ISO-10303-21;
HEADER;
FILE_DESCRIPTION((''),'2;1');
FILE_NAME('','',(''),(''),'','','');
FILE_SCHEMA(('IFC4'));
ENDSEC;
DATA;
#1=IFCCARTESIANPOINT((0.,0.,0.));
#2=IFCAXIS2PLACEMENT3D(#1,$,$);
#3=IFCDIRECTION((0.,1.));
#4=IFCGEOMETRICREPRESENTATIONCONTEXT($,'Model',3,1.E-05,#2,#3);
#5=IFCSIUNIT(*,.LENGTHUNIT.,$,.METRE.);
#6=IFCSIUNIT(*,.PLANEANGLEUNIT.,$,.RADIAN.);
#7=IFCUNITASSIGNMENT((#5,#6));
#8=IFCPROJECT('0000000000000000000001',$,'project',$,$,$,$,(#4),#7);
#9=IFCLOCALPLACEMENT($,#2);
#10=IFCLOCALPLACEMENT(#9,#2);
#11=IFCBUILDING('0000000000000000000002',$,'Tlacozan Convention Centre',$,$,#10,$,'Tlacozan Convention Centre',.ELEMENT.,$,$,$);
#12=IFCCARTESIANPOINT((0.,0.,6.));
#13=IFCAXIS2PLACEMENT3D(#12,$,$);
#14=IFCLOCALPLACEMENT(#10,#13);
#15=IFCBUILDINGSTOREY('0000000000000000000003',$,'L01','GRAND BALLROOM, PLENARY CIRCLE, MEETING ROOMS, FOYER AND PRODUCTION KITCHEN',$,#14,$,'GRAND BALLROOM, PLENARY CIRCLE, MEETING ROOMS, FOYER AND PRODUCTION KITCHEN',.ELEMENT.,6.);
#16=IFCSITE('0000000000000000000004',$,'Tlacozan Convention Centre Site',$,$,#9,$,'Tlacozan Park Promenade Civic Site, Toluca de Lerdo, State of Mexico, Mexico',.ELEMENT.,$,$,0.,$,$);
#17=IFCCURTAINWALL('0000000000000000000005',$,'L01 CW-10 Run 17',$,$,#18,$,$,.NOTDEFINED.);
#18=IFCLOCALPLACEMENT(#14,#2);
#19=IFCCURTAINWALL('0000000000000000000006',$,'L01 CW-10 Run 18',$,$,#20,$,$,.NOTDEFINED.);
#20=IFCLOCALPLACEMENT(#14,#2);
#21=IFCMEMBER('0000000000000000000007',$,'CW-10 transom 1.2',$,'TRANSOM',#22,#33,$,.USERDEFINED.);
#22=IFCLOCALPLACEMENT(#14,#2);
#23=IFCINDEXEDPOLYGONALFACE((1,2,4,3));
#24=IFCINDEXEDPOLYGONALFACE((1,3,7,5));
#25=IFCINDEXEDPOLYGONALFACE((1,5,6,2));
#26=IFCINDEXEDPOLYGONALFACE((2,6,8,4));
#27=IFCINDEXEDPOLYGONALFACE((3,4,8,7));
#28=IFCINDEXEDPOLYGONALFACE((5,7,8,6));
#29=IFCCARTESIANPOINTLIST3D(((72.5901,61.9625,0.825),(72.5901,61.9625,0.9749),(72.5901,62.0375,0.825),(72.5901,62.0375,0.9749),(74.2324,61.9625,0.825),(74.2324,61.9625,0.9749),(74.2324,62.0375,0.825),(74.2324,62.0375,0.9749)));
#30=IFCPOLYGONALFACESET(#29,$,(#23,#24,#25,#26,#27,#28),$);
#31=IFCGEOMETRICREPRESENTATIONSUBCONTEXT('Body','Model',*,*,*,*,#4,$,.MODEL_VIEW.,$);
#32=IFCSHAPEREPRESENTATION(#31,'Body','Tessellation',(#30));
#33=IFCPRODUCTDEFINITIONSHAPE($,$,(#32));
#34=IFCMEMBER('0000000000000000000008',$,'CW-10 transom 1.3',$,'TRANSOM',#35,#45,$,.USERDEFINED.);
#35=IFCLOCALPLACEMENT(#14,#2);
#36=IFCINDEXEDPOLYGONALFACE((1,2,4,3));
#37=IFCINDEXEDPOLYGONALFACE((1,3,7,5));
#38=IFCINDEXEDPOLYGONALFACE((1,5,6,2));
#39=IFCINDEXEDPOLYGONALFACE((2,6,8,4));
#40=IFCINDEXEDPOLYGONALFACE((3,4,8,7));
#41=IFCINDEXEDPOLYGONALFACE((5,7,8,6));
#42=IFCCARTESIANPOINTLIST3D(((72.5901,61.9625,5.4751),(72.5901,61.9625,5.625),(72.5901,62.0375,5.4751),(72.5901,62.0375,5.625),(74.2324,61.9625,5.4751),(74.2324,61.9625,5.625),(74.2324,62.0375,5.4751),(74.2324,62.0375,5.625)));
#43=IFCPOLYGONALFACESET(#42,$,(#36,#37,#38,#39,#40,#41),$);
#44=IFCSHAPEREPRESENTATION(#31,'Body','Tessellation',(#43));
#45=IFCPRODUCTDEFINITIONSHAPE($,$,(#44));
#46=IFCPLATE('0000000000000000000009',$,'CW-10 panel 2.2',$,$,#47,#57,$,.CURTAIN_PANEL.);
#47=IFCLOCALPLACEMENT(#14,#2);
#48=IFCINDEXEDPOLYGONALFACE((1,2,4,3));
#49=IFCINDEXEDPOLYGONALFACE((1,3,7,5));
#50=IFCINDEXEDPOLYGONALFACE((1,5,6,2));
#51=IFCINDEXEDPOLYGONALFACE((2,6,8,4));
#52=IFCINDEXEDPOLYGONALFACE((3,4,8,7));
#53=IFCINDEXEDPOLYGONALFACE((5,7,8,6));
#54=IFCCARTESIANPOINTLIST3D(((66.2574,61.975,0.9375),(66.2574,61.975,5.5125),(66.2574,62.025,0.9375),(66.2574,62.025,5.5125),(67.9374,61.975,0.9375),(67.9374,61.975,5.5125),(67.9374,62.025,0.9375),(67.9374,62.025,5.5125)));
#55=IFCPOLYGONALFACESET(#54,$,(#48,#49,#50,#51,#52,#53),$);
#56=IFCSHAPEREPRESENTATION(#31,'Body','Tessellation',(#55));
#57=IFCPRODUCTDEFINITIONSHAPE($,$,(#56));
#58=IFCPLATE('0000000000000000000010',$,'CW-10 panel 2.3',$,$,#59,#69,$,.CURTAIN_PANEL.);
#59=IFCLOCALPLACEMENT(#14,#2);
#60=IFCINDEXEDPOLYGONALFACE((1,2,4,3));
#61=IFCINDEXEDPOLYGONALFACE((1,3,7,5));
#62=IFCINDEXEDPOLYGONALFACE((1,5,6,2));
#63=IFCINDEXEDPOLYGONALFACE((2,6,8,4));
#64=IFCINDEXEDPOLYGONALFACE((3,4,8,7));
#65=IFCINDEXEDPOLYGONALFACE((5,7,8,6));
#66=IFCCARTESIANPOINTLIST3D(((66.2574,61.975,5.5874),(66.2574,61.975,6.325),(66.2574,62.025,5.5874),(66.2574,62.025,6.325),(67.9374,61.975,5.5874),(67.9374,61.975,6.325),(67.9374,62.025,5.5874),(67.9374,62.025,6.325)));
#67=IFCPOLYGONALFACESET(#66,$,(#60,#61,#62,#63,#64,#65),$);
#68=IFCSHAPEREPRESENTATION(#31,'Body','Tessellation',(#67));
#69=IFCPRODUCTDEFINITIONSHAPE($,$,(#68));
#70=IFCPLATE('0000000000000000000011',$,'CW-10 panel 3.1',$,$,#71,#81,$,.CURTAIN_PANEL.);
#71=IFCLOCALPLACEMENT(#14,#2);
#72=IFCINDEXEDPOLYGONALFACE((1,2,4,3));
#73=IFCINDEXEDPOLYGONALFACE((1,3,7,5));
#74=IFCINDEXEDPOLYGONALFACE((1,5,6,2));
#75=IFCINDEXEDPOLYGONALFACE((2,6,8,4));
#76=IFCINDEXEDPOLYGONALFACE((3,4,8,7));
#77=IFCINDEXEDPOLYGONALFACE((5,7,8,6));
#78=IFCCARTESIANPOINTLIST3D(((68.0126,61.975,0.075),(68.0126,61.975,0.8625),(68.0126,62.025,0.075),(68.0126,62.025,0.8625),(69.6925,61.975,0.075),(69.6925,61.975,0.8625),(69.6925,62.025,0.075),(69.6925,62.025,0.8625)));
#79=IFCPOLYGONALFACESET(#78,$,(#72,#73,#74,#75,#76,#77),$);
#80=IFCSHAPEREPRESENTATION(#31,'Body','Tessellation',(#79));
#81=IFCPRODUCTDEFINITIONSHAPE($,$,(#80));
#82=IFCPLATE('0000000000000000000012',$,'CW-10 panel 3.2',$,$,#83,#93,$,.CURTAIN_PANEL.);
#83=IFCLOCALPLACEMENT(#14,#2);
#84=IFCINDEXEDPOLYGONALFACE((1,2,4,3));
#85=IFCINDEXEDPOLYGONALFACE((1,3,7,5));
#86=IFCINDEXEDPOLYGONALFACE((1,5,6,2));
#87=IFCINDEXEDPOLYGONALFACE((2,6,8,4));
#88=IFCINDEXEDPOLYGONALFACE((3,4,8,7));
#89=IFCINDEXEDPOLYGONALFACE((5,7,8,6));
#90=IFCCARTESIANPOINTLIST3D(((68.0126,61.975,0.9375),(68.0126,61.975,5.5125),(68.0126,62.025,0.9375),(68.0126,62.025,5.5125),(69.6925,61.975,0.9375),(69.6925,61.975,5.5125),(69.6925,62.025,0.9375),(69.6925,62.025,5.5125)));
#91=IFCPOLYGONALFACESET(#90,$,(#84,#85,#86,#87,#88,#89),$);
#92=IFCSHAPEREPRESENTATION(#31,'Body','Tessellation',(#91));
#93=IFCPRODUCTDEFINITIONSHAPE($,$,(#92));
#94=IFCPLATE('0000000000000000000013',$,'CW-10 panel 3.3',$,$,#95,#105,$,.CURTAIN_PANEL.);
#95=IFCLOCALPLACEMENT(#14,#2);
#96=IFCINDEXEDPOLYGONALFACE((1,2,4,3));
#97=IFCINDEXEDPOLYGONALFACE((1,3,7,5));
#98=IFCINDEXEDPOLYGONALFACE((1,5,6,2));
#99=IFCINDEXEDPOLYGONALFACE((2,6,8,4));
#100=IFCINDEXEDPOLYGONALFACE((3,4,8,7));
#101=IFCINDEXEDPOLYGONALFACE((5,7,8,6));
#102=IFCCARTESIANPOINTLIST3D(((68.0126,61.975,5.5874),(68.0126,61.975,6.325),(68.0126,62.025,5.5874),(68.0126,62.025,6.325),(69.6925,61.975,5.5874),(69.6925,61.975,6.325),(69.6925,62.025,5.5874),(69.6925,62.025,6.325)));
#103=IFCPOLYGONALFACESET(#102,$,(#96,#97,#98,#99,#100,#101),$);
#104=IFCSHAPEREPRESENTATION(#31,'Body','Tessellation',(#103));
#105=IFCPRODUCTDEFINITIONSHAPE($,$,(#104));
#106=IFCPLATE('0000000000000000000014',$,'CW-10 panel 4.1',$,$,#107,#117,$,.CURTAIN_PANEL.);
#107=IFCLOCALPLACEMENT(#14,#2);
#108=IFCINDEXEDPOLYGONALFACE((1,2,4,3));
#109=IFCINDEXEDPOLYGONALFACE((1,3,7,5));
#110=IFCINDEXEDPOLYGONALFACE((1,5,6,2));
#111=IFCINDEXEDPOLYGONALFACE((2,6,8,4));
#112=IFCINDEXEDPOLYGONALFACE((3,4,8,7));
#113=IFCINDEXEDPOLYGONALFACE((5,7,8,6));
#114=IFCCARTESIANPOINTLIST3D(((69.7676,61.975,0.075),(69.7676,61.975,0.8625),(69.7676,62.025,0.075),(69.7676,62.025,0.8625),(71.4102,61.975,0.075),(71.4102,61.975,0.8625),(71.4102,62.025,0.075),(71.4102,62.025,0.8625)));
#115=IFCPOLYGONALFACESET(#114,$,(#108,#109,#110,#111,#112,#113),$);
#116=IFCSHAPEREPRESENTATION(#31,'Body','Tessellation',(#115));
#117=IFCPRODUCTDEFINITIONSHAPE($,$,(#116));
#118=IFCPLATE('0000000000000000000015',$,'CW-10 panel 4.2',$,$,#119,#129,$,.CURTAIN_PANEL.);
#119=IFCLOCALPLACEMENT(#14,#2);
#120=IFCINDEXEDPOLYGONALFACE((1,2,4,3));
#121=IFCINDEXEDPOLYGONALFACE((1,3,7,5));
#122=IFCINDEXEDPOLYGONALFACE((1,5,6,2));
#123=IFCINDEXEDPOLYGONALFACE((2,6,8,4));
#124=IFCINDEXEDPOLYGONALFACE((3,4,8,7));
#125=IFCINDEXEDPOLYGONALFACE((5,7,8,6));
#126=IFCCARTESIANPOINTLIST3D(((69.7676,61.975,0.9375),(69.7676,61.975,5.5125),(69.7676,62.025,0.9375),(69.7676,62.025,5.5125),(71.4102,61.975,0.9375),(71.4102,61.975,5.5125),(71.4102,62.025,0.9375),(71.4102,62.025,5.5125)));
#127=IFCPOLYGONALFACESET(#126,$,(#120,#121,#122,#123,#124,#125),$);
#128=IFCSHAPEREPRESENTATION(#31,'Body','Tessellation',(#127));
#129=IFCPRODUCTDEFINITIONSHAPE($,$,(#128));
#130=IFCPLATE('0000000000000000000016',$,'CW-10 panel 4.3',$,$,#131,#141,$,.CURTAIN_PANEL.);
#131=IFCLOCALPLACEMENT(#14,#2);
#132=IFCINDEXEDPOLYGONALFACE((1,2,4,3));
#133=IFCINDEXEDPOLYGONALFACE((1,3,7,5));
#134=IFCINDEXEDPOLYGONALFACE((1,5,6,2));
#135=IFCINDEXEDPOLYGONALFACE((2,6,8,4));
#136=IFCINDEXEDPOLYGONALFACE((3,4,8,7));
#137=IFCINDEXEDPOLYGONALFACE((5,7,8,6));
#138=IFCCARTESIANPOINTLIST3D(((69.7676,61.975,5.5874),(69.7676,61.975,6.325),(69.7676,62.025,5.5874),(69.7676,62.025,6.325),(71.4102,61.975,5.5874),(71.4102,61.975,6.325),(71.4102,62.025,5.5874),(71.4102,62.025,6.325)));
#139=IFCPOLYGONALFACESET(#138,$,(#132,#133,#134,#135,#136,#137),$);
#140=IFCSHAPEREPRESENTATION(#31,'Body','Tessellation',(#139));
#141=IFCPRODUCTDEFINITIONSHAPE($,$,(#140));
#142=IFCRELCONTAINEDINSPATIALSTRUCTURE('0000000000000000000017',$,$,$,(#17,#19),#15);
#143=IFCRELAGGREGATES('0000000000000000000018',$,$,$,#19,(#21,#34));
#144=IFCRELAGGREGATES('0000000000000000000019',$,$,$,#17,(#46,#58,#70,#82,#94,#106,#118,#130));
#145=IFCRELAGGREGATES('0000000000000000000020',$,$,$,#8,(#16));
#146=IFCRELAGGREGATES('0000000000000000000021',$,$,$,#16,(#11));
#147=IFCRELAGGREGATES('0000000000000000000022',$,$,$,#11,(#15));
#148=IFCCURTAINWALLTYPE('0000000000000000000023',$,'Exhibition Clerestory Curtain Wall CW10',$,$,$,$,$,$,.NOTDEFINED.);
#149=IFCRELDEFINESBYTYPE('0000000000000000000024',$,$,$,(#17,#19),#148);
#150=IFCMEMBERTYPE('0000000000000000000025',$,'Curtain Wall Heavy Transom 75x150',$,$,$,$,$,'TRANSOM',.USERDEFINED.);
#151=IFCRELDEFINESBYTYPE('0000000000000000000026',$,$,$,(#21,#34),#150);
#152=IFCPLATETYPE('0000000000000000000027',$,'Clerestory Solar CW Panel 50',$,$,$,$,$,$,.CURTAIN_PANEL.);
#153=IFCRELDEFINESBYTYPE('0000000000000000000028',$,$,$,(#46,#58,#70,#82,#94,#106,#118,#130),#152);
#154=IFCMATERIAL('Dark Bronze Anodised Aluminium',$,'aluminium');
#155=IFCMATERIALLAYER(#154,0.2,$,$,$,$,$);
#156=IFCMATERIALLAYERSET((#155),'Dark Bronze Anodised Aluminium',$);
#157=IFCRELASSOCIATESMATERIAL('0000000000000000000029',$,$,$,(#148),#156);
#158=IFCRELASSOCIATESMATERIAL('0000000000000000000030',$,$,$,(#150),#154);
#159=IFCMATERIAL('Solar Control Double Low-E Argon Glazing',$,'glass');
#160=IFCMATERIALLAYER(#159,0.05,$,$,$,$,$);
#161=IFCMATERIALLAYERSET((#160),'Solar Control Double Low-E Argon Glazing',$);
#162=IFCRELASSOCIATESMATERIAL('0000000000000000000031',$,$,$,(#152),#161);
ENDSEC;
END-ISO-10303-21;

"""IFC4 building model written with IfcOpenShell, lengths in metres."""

from ifc_helpers import new_model, si_unit, direction, frame, origin, origin_2d, place, context, subcontext, project, spatial, rectangle, extrude, material, layer, layer_set, material_profile, profile_set, type_object, element, aggregate, save


model = new_model("IFC4")

# Units and contexts
model_context = context("Model", 3, precision=1e-05, world=origin(), true_north=direction((0.0, 1.0)))
body_context = subcontext(model_context, "Body", "Model", "MODEL_VIEW")
ifc_project = project(units=[si_unit("LENGTHUNIT", "METRE"), si_unit("PLANEANGLEUNIT", "RADIAN")], contexts=[model_context])

# Site, building, storey
site_placement = place(None, origin())
site = spatial("IfcSite", under=ifc_project, at=site_placement, Name="Tlacozan Convention Centre Site", LongName="Tlacozan Park Promenade Civic Site, Toluca de Lerdo, State of Mexico, Mexico", CompositionType="ELEMENT", RefElevation=0.0)
building_placement = place(site_placement, origin())
building = spatial("IfcBuilding", under=site, at=building_placement, Name="Tlacozan Convention Centre", LongName="Tlacozan Convention Centre", CompositionType="ELEMENT")
storey_placement = place(building_placement, frame((0.0, 0.0, 6.0)))
storey = spatial("IfcBuildingStorey", under=building, at=storey_placement, Name="L01", Description="GRAND BALLROOM, PLENARY CIRCLE, MEETING ROOMS, FOYER AND PRODUCTION KITCHEN", LongName="GRAND BALLROOM, PLENARY CIRCLE, MEETING ROOMS, FOYER AND PRODUCTION KITCHEN", CompositionType="ELEMENT", Elevation=6.0)

# Curtain wall
ifc_material_1 = material(Name="Dark Bronze Anodised Aluminium", Category="aluminium")
ifc_layer_1 = layer(ifc_material_1, 0.2)
ifc_layer_set_1 = layer_set([ifc_layer_1], Name="Dark Bronze Anodised Aluminium")
curtain_wall_type = type_object("IfcCurtainWallType", Name="Exhibition Clerestory Curtain Wall CW10", PredefinedType="NOTDEFINED", material=ifc_layer_set_1)
curtain_wall_1_placement = place(storey_placement, origin())
curtain_wall_1 = element("IfcCurtainWall", 1, at=curtain_wall_1_placement, inside=storey, type_object=curtain_wall_type, Name="L01 CW-10 Run 17", PredefinedType="NOTDEFINED")

# Curtain wall
curtain_wall_2_placement = place(storey_placement, origin())
curtain_wall_2 = element("IfcCurtainWall", 2, at=curtain_wall_2_placement, inside=storey, type_object=curtain_wall_type, Name="L01 CW-10 Run 18", PredefinedType="NOTDEFINED")

# Members
ifc_material_profile_1 = material_profile(ifc_material_1, rectangle(XDim=0.075, YDim=0.1499, at=origin_2d()), Name="ALU 75x150")
ifc_profile_set_1 = profile_set([ifc_material_profile_1], Name="Dark Bronze Anodised Aluminium")
member_type_1 = type_object("IfcMemberType", Name="Curtain Wall Heavy Transom 75x150", ElementType="TRANSOM", PredefinedType="USERDEFINED", material=ifc_profile_set_1)
member_1_placement = place(storey_placement, frame((72.5901, 62.0, 0.8999), z_axis=(1.0, 0.0, 0.0), x_axis=(0.0, 1.0, 0.0)))
member_1 = element("IfcMember", 3, at=member_1_placement, type_object=member_type_1, Name="CW-10 transom 1.2", ObjectType="TRANSOM", PredefinedType="USERDEFINED", context=body_context, shape_type="SweptSolid", body=[
    extrude(rectangle(XDim=0.075, YDim=0.1499, at=origin_2d()), origin(), (0.0, 0.0, 1.0), 1.6423),
])
member_2_placement = place(storey_placement, frame((72.5901, 62.0, 5.55), z_axis=(1.0, 0.0, 0.0), x_axis=(0.0, 1.0, 0.0)))
member_2 = element("IfcMember", 4, at=member_2_placement, type_object=member_type_1, Name="CW-10 transom 1.3", ObjectType="TRANSOM", PredefinedType="USERDEFINED", context=body_context, shape_type="SweptSolid", body=[
    extrude(rectangle(XDim=0.075, YDim=0.1499, at=origin_2d()), origin(), (0.0, 0.0, 1.0), 1.6423),
])
aggregate(curtain_wall_2, [member_1, member_2])

# Plates
ifc_material_2 = material(Name="Solar Control Double Low-E Argon Glazing", Category="glass")
ifc_layer_2 = layer(ifc_material_2, 0.05)
ifc_layer_set_2 = layer_set([ifc_layer_2], Name="Solar Control Double Low-E Argon Glazing")
plate_type = type_object("IfcPlateType", Name="Clerestory Solar CW Panel 50", PredefinedType="CURTAIN_PANEL", material=ifc_layer_set_2)
plate_1_placement = place(storey_placement, frame((67.0974, 62.0, 0.9375), z_axis=(0.0, 0.0, 1.0), x_axis=(1.0, 0.0, 0.0)))
plate_1 = element("IfcPlate", 5, at=plate_1_placement, type_object=plate_type, Name="CW-10 panel 2.2", PredefinedType="CURTAIN_PANEL", context=body_context, shape_type="SweptSolid", body=[
    extrude(rectangle(XDim=1.6799, YDim=0.05, at=origin_2d()), origin(), (0.0, 0.0, 1.0), 4.575),
])
plate_2_placement = place(storey_placement, frame((67.0974, 62.0, 5.5874), z_axis=(0.0, 0.0, 1.0), x_axis=(1.0, 0.0, 0.0)))
plate_2 = element("IfcPlate", 6, at=plate_2_placement, type_object=plate_type, Name="CW-10 panel 2.3", PredefinedType="CURTAIN_PANEL", context=body_context, shape_type="SweptSolid", body=[
    extrude(rectangle(XDim=1.6799, YDim=0.05, at=origin_2d()), origin(), (0.0, 0.0, 1.0), 0.7375),
])
plate_3_placement = place(storey_placement, frame((68.8525, 62.0, 0.075), z_axis=(0.0, 0.0, 1.0), x_axis=(1.0, 0.0, 0.0)))
plate_3 = element("IfcPlate", 7, at=plate_3_placement, type_object=plate_type, Name="CW-10 panel 3.1", PredefinedType="CURTAIN_PANEL", context=body_context, shape_type="SweptSolid", body=[
    extrude(rectangle(XDim=1.6799, YDim=0.05, at=origin_2d()), origin(), (0.0, 0.0, 1.0), 0.7876),
])
plate_4_placement = place(storey_placement, frame((68.8525, 62.0, 0.9375), z_axis=(0.0, 0.0, 1.0), x_axis=(1.0, 0.0, 0.0)))
plate_4 = element("IfcPlate", 8, at=plate_4_placement, type_object=plate_type, Name="CW-10 panel 3.2", PredefinedType="CURTAIN_PANEL", context=body_context, shape_type="SweptSolid", body=[
    extrude(rectangle(XDim=1.6799, YDim=0.05, at=origin_2d()), origin(), (0.0, 0.0, 1.0), 4.575),
])
plate_5_placement = place(storey_placement, frame((68.8525, 62.0, 5.5874), z_axis=(0.0, 0.0, 1.0), x_axis=(1.0, 0.0, 0.0)))
plate_5 = element("IfcPlate", 9, at=plate_5_placement, type_object=plate_type, Name="CW-10 panel 3.3", PredefinedType="CURTAIN_PANEL", context=body_context, shape_type="SweptSolid", body=[
    extrude(rectangle(XDim=1.6799, YDim=0.05, at=origin_2d()), origin(), (0.0, 0.0, 1.0), 0.7375),
])
plate_6_placement = place(storey_placement, frame((70.5889, 62.0, 0.075), z_axis=(0.0, 0.0, 1.0), x_axis=(1.0, 0.0, 0.0)))
plate_6 = element("IfcPlate", 10, at=plate_6_placement, type_object=plate_type, Name="CW-10 panel 4.1", PredefinedType="CURTAIN_PANEL", context=body_context, shape_type="SweptSolid", body=[
    extrude(rectangle(XDim=1.6426, YDim=0.05, at=origin_2d()), origin(), (0.0, 0.0, 1.0), 0.7876),
])
plate_7_placement = place(storey_placement, frame((70.5889, 62.0, 0.9375), z_axis=(0.0, 0.0, 1.0), x_axis=(1.0, 0.0, 0.0)))
plate_7 = element("IfcPlate", 11, at=plate_7_placement, type_object=plate_type, Name="CW-10 panel 4.2", PredefinedType="CURTAIN_PANEL", context=body_context, shape_type="SweptSolid", body=[
    extrude(rectangle(XDim=1.6426, YDim=0.05, at=origin_2d()), origin(), (0.0, 0.0, 1.0), 4.575),
])
plate_8_placement = place(storey_placement, frame((70.5889, 62.0, 5.5874), z_axis=(0.0, 0.0, 1.0), x_axis=(1.0, 0.0, 0.0)))
plate_8 = element("IfcPlate", 12, at=plate_8_placement, type_object=plate_type, Name="CW-10 panel 4.3", PredefinedType="CURTAIN_PANEL", context=body_context, shape_type="SweptSolid", body=[
    extrude(rectangle(XDim=1.6426, YDim=0.05, at=origin_2d()), origin(), (0.0, 0.0, 1.0), 0.7375),
])
aggregate(curtain_wall_1, [plate_1, plate_2, plate_3, plate_4, plate_5, plate_6, plate_7, plate_8])

save(model, "model.ifc")
